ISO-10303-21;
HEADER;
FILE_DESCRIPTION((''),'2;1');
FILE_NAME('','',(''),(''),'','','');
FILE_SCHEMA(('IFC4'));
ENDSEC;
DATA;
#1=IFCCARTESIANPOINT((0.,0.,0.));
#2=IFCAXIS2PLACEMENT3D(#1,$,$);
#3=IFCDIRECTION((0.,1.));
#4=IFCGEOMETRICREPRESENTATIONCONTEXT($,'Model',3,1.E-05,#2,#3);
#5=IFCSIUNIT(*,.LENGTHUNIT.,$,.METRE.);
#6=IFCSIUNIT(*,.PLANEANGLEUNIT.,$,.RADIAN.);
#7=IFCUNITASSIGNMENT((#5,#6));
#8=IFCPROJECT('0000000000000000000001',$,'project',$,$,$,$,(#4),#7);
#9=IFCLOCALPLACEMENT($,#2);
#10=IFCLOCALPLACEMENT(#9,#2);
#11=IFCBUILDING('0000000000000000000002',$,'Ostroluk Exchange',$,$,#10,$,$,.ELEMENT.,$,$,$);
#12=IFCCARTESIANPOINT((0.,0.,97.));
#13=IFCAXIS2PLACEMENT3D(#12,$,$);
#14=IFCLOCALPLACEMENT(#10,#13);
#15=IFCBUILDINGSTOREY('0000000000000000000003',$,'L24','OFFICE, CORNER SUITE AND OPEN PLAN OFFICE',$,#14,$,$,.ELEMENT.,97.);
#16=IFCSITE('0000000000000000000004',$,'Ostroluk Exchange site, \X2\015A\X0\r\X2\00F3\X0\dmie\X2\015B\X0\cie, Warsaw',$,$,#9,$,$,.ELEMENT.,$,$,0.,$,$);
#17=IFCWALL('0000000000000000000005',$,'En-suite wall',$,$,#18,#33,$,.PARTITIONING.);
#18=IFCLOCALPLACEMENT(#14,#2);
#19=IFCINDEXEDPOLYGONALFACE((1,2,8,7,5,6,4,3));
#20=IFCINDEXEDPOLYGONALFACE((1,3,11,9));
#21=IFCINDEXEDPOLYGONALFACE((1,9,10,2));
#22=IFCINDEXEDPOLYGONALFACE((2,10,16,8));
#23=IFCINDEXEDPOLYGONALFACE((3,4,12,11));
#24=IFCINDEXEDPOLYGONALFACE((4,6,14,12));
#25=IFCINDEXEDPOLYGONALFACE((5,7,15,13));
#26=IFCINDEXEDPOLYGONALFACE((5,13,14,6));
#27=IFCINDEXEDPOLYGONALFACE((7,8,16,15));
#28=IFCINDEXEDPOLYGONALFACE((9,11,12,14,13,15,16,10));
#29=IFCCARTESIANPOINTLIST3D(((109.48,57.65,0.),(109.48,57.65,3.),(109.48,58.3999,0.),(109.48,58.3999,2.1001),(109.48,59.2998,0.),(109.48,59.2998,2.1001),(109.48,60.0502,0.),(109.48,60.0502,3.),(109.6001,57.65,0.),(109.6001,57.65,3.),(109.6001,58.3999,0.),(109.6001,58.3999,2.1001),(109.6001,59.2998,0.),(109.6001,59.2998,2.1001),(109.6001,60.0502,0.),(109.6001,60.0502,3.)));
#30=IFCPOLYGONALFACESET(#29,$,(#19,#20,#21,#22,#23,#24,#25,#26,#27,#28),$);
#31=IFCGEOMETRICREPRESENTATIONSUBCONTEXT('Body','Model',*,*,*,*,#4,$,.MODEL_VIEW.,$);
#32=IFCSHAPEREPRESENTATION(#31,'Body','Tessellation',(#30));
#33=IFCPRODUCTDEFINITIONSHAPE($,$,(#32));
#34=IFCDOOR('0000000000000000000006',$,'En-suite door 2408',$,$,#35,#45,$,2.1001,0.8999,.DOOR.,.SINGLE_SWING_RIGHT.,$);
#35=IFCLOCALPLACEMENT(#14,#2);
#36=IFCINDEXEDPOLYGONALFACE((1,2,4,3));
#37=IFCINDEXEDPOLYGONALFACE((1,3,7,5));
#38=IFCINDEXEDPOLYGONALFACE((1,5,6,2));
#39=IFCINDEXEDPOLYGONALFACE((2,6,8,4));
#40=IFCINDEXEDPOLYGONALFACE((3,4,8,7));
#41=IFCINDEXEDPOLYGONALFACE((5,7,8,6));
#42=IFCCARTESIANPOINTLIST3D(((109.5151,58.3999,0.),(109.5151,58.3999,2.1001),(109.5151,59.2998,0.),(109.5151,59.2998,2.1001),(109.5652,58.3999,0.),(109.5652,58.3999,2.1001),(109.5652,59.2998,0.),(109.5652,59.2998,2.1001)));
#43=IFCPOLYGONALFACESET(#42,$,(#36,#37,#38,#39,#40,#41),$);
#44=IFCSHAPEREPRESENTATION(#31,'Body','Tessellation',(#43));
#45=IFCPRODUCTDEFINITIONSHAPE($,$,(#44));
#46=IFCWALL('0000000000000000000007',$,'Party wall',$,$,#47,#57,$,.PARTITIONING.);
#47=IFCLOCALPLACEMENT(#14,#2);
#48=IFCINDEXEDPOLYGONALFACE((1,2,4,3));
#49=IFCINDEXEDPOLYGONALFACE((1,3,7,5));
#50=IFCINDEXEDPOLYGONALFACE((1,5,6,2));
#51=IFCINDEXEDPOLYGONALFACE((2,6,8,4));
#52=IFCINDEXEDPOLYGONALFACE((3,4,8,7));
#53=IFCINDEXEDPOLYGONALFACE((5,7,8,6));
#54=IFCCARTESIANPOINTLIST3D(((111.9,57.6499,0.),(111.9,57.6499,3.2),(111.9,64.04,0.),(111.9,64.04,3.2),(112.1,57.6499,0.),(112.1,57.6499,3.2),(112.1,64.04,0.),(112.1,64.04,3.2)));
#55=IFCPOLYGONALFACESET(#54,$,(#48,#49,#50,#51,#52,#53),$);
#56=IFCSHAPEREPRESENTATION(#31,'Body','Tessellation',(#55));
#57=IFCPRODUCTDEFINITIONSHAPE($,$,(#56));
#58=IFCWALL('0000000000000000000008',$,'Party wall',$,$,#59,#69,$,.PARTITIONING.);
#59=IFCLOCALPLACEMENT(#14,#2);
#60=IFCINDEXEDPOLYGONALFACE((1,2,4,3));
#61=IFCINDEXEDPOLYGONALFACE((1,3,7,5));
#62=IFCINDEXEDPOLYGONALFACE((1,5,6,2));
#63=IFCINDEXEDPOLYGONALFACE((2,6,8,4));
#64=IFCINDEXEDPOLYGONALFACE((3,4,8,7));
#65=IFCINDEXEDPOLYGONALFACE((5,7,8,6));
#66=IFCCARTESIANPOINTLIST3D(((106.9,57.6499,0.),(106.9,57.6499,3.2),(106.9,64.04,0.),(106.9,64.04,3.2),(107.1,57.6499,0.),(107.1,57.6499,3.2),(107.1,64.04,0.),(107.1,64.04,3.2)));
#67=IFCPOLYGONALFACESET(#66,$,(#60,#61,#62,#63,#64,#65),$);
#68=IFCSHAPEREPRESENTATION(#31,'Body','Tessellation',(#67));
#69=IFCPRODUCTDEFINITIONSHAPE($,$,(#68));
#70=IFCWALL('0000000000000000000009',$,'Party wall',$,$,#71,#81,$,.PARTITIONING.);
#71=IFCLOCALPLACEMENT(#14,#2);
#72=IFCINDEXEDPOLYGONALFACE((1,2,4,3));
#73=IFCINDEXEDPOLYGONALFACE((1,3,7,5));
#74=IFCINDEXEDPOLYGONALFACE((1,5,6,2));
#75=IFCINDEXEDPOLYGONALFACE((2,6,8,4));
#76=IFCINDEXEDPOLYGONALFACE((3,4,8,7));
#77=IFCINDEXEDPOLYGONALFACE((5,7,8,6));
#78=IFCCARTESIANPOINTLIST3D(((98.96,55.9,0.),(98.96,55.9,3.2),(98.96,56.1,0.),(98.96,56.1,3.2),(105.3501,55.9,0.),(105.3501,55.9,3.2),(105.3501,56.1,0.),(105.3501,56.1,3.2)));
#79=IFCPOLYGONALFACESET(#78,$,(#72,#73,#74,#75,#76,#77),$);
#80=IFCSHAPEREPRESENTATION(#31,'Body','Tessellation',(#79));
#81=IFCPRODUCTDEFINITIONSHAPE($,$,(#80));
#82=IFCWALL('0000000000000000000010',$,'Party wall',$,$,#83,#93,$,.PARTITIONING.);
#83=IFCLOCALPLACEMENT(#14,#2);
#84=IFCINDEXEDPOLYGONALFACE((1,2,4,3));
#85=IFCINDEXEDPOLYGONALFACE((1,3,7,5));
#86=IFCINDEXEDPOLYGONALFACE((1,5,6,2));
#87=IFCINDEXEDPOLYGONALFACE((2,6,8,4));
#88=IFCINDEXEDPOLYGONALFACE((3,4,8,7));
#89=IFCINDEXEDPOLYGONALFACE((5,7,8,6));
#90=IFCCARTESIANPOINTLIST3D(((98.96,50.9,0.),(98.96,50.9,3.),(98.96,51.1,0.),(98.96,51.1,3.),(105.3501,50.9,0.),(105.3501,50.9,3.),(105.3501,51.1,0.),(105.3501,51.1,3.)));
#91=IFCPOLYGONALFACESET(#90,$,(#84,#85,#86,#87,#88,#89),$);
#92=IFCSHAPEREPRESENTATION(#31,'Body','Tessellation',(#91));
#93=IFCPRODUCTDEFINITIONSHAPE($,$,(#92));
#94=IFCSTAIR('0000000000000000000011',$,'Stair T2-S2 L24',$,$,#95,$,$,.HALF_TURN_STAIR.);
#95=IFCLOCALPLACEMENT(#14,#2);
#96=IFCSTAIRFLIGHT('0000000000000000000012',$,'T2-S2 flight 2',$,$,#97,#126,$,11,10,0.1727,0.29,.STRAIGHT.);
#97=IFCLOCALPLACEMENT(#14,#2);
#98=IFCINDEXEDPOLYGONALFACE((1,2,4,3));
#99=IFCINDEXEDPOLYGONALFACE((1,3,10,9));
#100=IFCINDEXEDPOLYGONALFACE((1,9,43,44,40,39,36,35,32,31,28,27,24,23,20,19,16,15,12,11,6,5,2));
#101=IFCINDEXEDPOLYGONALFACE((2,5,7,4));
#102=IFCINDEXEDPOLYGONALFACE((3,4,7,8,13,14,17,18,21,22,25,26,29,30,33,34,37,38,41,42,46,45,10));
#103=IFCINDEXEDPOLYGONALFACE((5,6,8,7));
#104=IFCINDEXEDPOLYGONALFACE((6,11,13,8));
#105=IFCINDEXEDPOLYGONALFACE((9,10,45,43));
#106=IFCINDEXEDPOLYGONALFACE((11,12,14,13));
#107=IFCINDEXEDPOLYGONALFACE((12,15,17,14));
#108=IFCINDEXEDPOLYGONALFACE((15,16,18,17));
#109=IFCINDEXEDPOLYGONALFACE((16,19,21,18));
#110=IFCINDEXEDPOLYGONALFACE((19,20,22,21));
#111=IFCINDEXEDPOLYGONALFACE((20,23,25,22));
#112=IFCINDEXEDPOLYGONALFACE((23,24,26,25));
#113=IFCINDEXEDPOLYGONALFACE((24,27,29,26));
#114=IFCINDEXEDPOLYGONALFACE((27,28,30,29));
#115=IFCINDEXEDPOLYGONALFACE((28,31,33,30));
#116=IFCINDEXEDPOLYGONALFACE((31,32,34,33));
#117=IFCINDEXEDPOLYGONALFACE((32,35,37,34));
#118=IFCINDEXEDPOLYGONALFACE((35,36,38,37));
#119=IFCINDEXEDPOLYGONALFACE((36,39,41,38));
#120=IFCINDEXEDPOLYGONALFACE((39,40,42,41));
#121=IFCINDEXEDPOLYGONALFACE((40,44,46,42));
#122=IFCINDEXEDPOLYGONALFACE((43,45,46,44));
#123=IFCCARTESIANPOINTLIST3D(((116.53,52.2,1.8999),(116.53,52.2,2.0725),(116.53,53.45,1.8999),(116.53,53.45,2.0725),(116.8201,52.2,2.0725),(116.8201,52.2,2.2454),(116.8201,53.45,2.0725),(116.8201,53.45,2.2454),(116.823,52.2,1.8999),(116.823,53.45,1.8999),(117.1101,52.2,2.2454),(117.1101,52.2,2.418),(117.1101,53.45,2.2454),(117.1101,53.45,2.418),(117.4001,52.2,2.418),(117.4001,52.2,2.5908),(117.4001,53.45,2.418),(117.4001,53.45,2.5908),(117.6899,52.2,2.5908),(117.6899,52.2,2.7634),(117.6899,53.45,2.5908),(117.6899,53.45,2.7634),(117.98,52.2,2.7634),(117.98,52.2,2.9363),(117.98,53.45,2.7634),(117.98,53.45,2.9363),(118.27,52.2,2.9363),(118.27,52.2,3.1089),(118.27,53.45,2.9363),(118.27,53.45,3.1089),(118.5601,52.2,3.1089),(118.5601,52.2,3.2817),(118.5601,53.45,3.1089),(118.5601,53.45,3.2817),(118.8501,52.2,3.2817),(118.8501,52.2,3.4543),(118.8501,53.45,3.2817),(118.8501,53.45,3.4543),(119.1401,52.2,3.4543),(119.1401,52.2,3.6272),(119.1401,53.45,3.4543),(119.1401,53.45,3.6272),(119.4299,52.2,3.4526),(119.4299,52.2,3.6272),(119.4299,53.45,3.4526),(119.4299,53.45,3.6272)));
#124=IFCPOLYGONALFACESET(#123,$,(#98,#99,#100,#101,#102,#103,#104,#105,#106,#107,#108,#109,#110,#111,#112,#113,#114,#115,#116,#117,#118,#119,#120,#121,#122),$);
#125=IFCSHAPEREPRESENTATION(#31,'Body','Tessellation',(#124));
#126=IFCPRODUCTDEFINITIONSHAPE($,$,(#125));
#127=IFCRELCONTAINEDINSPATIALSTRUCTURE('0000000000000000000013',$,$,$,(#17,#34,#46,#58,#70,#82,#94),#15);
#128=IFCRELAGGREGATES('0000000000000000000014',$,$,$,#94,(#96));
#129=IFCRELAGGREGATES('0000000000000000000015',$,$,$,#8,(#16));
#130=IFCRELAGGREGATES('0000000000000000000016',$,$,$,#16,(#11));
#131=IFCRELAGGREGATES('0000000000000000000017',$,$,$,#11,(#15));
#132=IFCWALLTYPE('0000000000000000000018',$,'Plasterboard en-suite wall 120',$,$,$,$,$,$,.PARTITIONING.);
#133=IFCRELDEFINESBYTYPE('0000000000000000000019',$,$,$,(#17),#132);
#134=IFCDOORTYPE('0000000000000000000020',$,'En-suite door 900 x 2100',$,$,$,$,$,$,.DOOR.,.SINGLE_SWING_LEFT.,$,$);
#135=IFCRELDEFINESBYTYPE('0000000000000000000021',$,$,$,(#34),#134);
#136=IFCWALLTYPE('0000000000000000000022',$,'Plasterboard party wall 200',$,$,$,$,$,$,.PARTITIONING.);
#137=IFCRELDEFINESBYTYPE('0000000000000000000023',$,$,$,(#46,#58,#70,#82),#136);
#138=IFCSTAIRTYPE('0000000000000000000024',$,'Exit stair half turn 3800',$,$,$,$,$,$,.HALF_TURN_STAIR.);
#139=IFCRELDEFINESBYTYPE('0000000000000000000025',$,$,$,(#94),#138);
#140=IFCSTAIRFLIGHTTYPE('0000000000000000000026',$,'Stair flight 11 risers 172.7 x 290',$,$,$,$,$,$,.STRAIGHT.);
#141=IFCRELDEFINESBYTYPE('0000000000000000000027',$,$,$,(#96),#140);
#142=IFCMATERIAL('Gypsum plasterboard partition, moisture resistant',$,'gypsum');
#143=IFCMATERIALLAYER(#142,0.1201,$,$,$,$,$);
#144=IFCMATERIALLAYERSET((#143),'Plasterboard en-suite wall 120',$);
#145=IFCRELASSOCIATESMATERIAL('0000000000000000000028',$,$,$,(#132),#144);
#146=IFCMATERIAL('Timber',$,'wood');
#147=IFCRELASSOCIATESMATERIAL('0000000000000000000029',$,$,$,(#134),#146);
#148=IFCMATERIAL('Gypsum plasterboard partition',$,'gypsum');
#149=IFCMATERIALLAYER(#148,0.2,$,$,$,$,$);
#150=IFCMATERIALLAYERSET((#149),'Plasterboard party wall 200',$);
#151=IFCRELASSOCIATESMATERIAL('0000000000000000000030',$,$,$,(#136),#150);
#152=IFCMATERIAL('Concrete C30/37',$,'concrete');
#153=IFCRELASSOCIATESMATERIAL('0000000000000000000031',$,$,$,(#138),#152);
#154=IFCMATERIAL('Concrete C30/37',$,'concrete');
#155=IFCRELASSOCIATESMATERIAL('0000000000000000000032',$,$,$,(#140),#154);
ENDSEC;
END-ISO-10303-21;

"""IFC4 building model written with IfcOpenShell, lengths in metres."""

from ifc_helpers import new_model, si_unit, direction, frame, frame_2d, origin, place, context, subcontext, project, spatial, polyline, rectangle, outline, extrude, material, layer, layer_set, type_object, element, fill, aggregate, save


model = new_model("IFC4")

# Units and contexts
model_context = context("Model", 3, precision=1e-05, world=origin(), true_north=direction((0.0, 1.0)))
body_context = subcontext(model_context, "Body", "Model", "MODEL_VIEW")
ifc_project = project(units=[si_unit("LENGTHUNIT", "METRE"), si_unit("PLANEANGLEUNIT", "RADIAN")], contexts=[model_context])

# Site, building, storey
site_placement = place(None, origin())
site = spatial("IfcSite", under=ifc_project, at=site_placement, Name="Ostroluk Exchange site, Śródmieście, Warsaw", CompositionType="ELEMENT", RefElevation=0.0)
building_placement = place(site_placement, origin())
building = spatial("IfcBuilding", under=site, at=building_placement, Name="Ostroluk Exchange", CompositionType="ELEMENT")
storey_placement = place(building_placement, frame((0.0, 0.0, 97.0)))
storey = spatial("IfcBuildingStorey", under=building, at=storey_placement, Name="L24", Description="OFFICE, CORNER SUITE AND OPEN PLAN OFFICE", CompositionType="ELEMENT", Elevation=97.0)

# Wall, opening, door
ifc_material_1 = material(Name="Gypsum plasterboard partition, moisture resistant", Category="gypsum")
ifc_layer_1 = layer(ifc_material_1, 0.1201)
ifc_layer_set_1 = layer_set([ifc_layer_1], Name="Plasterboard en-suite wall 120")
wall_type_1 = type_object("IfcWallType", Name="Plasterboard en-suite wall 120", PredefinedType="PARTITIONING", material=ifc_layer_set_1)
wall_1_placement = place(storey_placement, frame((109.54, 57.6499, 0.0), z_axis=(0.0, 0.0, 1.0), x_axis=(0.0, 1.0, 0.0)))
wall_1 = element("IfcWall", 1, at=wall_1_placement, inside=storey, type_object=wall_type_1, Name="En-suite wall", PredefinedType="PARTITIONING", context=body_context, shape_type="SweptSolid", body=[
    extrude(rectangle(XDim=2.4001, YDim=0.1201, at=frame_2d((1.2002, 0.0))), origin(), (0.0, 0.0, 1.0), 3.0),
])
opening_1_placement = place(wall_1_placement, frame((0.75, 0.0, 0.0)))
opening_1 = element("IfcOpeningElement", 2, at=opening_1_placement, cuts=wall_1, PredefinedType="OPENING", context=body_context, shape_type="SweptSolid", body=[
    extrude(rectangle(XDim=0.8999, YDim=2.1001, at=frame_2d((0.45, 1.05))), frame((0.0, 0.0701, 0.0), z_axis=(0.0, -1.0, 0.0), x_axis=(1.0, 0.0, 0.0)), (0.0, 0.0, 1.0), 0.1401),
])
ifc_material_2 = material(Name="Timber", Category="wood")
door_type_1 = type_object("IfcDoorType", Name="En-suite door 900 x 2100", OperationType="SINGLE_SWING_LEFT", PredefinedType="DOOR", material=ifc_material_2)
door_1_placement = place(opening_1_placement, origin())
door_1 = element("IfcDoor", 3, at=door_1_placement, inside=storey, type_object=door_type_1, Name="En-suite door 2408", OperationType="SINGLE_SWING_RIGHT", OverallHeight=2.1001, OverallWidth=0.8999, PredefinedType="DOOR", context=body_context, shape_type="SweptSolid", body=[
    extrude(rectangle(XDim=0.8999, YDim=2.1001, at=frame_2d((0.45, 1.05))), frame((0.0, 0.0249, 0.0), z_axis=(0.0, -1.0, 0.0), x_axis=(1.0, 0.0, 0.0)), (0.0, 0.0, 1.0), 0.05),
])
fill(opening_1, door_1)

# Walls
ifc_material_3 = material(Name="Gypsum plasterboard partition", Category="gypsum")
ifc_layer_2 = layer(ifc_material_3, 0.2)
ifc_layer_set_2 = layer_set([ifc_layer_2], Name="Plasterboard party wall 200")
wall_type_2 = type_object("IfcWallType", Name="Plasterboard party wall 200", PredefinedType="PARTITIONING", material=ifc_layer_set_2)
for number, where, z_axis, x_axis, name in (
    (4, (112.0, 57.6499, 0.0), (0.0, 0.0, 1.0), (0.0, 1.0, 0.0), "Party wall"),
    (5, (107.0, 57.6499, 0.0), (0.0, 0.0, 1.0), (0.0, 1.0, 0.0), "Party wall"),
    (6, (105.3501, 56.0, 0.0), (0.0, 0.0, 1.0), (-1.0, 0.0, 0.0), "Party wall"),
):
    element("IfcWall", number, at=place(storey_placement, frame(where, z_axis=z_axis, x_axis=x_axis)), inside=storey, type_object=wall_type_2, Name=name, PredefinedType="PARTITIONING", context=body_context, shape_type="SweptSolid", body=[
        extrude(rectangle(XDim=6.3901, YDim=0.2, at=frame_2d((3.1951, 0.0))), origin(), (0.0, 0.0, 1.0), 3.2),
    ])
wall_2_placement = place(storey_placement, frame((105.3501, 51.0, 0.0), z_axis=(0.0, 0.0, 1.0), x_axis=(-1.0, 0.0, 0.0)))
element("IfcWall", 7, at=wall_2_placement, inside=storey, type_object=wall_type_2, Name="Party wall", PredefinedType="PARTITIONING", context=body_context, shape_type="SweptSolid", body=[
    extrude(rectangle(XDim=6.3901, YDim=0.2, at=frame_2d((3.1951, 0.0))), origin(), (0.0, 0.0, 1.0), 3.0),
])

# Stair, stair flight
ifc_material_4 = material(Name="Concrete C30/37", Category="concrete")
stair_type = type_object("IfcStairType", Name="Exit stair half turn 3800", PredefinedType="HALF_TURN_STAIR", material=ifc_material_4)
stair_placement = place(storey_placement, origin())
stair = element("IfcStair", 8, at=stair_placement, inside=storey, type_object=stair_type, Name="Stair T2-S2 L24", PredefinedType="HALF_TURN_STAIR")
ifc_material_5 = material(Name="Concrete C30/37", Category="concrete")
stair_flight_type = type_object("IfcStairFlightType", Name="Stair flight 11 risers 172.7 x 290", PredefinedType="STRAIGHT", material=ifc_material_5)
stair_flight_placement = place(storey_placement, frame((116.53, 52.825, 1.8999), z_axis=(0.0, 0.0, 1.0), x_axis=(1.0, 0.0, 0.0)))
stair_flight = element("IfcStairFlight", 9, at=stair_flight_placement, type_object=stair_flight_type, Name="T2-S2 flight 2", NumberOfRisers=11, NumberOfTreads=10, PredefinedType="STRAIGHT", RiserHeight=0.1727, TreadLength=0.29, context=body_context, shape_type="SweptSolid", body=[
    extrude(outline(polyline([(0.0, 0.0), (0.0, 0.1726), (0.29, 0.1726), (0.29, 0.3455), (0.5801, 0.3455), (0.5801, 0.5181), (0.8701, 0.5181), (0.8701, 0.6909), (1.1599, 0.6909), (1.1599, 0.8635), (1.45, 0.8635), (1.45, 1.0364), (1.74, 1.0364), (1.74, 1.209), (2.03, 1.209), (2.03, 1.3818), (2.3201, 1.3818), (2.3201, 1.5544), (2.6101, 1.5544), (2.6101, 1.7273), (2.8999, 1.7273), (2.8999, 1.8999), (2.8999, 1.5527), (0.293, 0.0), (0.0, 0.0)])), frame((0.0, 0.625, 0.0), z_axis=(0.0, -1.0, 0.0), x_axis=(1.0, 0.0, 0.0)), (0.0, 0.0, 1.0), 1.25),
])
aggregate(stair, [stair_flight])

save(model, "model.ifc")
